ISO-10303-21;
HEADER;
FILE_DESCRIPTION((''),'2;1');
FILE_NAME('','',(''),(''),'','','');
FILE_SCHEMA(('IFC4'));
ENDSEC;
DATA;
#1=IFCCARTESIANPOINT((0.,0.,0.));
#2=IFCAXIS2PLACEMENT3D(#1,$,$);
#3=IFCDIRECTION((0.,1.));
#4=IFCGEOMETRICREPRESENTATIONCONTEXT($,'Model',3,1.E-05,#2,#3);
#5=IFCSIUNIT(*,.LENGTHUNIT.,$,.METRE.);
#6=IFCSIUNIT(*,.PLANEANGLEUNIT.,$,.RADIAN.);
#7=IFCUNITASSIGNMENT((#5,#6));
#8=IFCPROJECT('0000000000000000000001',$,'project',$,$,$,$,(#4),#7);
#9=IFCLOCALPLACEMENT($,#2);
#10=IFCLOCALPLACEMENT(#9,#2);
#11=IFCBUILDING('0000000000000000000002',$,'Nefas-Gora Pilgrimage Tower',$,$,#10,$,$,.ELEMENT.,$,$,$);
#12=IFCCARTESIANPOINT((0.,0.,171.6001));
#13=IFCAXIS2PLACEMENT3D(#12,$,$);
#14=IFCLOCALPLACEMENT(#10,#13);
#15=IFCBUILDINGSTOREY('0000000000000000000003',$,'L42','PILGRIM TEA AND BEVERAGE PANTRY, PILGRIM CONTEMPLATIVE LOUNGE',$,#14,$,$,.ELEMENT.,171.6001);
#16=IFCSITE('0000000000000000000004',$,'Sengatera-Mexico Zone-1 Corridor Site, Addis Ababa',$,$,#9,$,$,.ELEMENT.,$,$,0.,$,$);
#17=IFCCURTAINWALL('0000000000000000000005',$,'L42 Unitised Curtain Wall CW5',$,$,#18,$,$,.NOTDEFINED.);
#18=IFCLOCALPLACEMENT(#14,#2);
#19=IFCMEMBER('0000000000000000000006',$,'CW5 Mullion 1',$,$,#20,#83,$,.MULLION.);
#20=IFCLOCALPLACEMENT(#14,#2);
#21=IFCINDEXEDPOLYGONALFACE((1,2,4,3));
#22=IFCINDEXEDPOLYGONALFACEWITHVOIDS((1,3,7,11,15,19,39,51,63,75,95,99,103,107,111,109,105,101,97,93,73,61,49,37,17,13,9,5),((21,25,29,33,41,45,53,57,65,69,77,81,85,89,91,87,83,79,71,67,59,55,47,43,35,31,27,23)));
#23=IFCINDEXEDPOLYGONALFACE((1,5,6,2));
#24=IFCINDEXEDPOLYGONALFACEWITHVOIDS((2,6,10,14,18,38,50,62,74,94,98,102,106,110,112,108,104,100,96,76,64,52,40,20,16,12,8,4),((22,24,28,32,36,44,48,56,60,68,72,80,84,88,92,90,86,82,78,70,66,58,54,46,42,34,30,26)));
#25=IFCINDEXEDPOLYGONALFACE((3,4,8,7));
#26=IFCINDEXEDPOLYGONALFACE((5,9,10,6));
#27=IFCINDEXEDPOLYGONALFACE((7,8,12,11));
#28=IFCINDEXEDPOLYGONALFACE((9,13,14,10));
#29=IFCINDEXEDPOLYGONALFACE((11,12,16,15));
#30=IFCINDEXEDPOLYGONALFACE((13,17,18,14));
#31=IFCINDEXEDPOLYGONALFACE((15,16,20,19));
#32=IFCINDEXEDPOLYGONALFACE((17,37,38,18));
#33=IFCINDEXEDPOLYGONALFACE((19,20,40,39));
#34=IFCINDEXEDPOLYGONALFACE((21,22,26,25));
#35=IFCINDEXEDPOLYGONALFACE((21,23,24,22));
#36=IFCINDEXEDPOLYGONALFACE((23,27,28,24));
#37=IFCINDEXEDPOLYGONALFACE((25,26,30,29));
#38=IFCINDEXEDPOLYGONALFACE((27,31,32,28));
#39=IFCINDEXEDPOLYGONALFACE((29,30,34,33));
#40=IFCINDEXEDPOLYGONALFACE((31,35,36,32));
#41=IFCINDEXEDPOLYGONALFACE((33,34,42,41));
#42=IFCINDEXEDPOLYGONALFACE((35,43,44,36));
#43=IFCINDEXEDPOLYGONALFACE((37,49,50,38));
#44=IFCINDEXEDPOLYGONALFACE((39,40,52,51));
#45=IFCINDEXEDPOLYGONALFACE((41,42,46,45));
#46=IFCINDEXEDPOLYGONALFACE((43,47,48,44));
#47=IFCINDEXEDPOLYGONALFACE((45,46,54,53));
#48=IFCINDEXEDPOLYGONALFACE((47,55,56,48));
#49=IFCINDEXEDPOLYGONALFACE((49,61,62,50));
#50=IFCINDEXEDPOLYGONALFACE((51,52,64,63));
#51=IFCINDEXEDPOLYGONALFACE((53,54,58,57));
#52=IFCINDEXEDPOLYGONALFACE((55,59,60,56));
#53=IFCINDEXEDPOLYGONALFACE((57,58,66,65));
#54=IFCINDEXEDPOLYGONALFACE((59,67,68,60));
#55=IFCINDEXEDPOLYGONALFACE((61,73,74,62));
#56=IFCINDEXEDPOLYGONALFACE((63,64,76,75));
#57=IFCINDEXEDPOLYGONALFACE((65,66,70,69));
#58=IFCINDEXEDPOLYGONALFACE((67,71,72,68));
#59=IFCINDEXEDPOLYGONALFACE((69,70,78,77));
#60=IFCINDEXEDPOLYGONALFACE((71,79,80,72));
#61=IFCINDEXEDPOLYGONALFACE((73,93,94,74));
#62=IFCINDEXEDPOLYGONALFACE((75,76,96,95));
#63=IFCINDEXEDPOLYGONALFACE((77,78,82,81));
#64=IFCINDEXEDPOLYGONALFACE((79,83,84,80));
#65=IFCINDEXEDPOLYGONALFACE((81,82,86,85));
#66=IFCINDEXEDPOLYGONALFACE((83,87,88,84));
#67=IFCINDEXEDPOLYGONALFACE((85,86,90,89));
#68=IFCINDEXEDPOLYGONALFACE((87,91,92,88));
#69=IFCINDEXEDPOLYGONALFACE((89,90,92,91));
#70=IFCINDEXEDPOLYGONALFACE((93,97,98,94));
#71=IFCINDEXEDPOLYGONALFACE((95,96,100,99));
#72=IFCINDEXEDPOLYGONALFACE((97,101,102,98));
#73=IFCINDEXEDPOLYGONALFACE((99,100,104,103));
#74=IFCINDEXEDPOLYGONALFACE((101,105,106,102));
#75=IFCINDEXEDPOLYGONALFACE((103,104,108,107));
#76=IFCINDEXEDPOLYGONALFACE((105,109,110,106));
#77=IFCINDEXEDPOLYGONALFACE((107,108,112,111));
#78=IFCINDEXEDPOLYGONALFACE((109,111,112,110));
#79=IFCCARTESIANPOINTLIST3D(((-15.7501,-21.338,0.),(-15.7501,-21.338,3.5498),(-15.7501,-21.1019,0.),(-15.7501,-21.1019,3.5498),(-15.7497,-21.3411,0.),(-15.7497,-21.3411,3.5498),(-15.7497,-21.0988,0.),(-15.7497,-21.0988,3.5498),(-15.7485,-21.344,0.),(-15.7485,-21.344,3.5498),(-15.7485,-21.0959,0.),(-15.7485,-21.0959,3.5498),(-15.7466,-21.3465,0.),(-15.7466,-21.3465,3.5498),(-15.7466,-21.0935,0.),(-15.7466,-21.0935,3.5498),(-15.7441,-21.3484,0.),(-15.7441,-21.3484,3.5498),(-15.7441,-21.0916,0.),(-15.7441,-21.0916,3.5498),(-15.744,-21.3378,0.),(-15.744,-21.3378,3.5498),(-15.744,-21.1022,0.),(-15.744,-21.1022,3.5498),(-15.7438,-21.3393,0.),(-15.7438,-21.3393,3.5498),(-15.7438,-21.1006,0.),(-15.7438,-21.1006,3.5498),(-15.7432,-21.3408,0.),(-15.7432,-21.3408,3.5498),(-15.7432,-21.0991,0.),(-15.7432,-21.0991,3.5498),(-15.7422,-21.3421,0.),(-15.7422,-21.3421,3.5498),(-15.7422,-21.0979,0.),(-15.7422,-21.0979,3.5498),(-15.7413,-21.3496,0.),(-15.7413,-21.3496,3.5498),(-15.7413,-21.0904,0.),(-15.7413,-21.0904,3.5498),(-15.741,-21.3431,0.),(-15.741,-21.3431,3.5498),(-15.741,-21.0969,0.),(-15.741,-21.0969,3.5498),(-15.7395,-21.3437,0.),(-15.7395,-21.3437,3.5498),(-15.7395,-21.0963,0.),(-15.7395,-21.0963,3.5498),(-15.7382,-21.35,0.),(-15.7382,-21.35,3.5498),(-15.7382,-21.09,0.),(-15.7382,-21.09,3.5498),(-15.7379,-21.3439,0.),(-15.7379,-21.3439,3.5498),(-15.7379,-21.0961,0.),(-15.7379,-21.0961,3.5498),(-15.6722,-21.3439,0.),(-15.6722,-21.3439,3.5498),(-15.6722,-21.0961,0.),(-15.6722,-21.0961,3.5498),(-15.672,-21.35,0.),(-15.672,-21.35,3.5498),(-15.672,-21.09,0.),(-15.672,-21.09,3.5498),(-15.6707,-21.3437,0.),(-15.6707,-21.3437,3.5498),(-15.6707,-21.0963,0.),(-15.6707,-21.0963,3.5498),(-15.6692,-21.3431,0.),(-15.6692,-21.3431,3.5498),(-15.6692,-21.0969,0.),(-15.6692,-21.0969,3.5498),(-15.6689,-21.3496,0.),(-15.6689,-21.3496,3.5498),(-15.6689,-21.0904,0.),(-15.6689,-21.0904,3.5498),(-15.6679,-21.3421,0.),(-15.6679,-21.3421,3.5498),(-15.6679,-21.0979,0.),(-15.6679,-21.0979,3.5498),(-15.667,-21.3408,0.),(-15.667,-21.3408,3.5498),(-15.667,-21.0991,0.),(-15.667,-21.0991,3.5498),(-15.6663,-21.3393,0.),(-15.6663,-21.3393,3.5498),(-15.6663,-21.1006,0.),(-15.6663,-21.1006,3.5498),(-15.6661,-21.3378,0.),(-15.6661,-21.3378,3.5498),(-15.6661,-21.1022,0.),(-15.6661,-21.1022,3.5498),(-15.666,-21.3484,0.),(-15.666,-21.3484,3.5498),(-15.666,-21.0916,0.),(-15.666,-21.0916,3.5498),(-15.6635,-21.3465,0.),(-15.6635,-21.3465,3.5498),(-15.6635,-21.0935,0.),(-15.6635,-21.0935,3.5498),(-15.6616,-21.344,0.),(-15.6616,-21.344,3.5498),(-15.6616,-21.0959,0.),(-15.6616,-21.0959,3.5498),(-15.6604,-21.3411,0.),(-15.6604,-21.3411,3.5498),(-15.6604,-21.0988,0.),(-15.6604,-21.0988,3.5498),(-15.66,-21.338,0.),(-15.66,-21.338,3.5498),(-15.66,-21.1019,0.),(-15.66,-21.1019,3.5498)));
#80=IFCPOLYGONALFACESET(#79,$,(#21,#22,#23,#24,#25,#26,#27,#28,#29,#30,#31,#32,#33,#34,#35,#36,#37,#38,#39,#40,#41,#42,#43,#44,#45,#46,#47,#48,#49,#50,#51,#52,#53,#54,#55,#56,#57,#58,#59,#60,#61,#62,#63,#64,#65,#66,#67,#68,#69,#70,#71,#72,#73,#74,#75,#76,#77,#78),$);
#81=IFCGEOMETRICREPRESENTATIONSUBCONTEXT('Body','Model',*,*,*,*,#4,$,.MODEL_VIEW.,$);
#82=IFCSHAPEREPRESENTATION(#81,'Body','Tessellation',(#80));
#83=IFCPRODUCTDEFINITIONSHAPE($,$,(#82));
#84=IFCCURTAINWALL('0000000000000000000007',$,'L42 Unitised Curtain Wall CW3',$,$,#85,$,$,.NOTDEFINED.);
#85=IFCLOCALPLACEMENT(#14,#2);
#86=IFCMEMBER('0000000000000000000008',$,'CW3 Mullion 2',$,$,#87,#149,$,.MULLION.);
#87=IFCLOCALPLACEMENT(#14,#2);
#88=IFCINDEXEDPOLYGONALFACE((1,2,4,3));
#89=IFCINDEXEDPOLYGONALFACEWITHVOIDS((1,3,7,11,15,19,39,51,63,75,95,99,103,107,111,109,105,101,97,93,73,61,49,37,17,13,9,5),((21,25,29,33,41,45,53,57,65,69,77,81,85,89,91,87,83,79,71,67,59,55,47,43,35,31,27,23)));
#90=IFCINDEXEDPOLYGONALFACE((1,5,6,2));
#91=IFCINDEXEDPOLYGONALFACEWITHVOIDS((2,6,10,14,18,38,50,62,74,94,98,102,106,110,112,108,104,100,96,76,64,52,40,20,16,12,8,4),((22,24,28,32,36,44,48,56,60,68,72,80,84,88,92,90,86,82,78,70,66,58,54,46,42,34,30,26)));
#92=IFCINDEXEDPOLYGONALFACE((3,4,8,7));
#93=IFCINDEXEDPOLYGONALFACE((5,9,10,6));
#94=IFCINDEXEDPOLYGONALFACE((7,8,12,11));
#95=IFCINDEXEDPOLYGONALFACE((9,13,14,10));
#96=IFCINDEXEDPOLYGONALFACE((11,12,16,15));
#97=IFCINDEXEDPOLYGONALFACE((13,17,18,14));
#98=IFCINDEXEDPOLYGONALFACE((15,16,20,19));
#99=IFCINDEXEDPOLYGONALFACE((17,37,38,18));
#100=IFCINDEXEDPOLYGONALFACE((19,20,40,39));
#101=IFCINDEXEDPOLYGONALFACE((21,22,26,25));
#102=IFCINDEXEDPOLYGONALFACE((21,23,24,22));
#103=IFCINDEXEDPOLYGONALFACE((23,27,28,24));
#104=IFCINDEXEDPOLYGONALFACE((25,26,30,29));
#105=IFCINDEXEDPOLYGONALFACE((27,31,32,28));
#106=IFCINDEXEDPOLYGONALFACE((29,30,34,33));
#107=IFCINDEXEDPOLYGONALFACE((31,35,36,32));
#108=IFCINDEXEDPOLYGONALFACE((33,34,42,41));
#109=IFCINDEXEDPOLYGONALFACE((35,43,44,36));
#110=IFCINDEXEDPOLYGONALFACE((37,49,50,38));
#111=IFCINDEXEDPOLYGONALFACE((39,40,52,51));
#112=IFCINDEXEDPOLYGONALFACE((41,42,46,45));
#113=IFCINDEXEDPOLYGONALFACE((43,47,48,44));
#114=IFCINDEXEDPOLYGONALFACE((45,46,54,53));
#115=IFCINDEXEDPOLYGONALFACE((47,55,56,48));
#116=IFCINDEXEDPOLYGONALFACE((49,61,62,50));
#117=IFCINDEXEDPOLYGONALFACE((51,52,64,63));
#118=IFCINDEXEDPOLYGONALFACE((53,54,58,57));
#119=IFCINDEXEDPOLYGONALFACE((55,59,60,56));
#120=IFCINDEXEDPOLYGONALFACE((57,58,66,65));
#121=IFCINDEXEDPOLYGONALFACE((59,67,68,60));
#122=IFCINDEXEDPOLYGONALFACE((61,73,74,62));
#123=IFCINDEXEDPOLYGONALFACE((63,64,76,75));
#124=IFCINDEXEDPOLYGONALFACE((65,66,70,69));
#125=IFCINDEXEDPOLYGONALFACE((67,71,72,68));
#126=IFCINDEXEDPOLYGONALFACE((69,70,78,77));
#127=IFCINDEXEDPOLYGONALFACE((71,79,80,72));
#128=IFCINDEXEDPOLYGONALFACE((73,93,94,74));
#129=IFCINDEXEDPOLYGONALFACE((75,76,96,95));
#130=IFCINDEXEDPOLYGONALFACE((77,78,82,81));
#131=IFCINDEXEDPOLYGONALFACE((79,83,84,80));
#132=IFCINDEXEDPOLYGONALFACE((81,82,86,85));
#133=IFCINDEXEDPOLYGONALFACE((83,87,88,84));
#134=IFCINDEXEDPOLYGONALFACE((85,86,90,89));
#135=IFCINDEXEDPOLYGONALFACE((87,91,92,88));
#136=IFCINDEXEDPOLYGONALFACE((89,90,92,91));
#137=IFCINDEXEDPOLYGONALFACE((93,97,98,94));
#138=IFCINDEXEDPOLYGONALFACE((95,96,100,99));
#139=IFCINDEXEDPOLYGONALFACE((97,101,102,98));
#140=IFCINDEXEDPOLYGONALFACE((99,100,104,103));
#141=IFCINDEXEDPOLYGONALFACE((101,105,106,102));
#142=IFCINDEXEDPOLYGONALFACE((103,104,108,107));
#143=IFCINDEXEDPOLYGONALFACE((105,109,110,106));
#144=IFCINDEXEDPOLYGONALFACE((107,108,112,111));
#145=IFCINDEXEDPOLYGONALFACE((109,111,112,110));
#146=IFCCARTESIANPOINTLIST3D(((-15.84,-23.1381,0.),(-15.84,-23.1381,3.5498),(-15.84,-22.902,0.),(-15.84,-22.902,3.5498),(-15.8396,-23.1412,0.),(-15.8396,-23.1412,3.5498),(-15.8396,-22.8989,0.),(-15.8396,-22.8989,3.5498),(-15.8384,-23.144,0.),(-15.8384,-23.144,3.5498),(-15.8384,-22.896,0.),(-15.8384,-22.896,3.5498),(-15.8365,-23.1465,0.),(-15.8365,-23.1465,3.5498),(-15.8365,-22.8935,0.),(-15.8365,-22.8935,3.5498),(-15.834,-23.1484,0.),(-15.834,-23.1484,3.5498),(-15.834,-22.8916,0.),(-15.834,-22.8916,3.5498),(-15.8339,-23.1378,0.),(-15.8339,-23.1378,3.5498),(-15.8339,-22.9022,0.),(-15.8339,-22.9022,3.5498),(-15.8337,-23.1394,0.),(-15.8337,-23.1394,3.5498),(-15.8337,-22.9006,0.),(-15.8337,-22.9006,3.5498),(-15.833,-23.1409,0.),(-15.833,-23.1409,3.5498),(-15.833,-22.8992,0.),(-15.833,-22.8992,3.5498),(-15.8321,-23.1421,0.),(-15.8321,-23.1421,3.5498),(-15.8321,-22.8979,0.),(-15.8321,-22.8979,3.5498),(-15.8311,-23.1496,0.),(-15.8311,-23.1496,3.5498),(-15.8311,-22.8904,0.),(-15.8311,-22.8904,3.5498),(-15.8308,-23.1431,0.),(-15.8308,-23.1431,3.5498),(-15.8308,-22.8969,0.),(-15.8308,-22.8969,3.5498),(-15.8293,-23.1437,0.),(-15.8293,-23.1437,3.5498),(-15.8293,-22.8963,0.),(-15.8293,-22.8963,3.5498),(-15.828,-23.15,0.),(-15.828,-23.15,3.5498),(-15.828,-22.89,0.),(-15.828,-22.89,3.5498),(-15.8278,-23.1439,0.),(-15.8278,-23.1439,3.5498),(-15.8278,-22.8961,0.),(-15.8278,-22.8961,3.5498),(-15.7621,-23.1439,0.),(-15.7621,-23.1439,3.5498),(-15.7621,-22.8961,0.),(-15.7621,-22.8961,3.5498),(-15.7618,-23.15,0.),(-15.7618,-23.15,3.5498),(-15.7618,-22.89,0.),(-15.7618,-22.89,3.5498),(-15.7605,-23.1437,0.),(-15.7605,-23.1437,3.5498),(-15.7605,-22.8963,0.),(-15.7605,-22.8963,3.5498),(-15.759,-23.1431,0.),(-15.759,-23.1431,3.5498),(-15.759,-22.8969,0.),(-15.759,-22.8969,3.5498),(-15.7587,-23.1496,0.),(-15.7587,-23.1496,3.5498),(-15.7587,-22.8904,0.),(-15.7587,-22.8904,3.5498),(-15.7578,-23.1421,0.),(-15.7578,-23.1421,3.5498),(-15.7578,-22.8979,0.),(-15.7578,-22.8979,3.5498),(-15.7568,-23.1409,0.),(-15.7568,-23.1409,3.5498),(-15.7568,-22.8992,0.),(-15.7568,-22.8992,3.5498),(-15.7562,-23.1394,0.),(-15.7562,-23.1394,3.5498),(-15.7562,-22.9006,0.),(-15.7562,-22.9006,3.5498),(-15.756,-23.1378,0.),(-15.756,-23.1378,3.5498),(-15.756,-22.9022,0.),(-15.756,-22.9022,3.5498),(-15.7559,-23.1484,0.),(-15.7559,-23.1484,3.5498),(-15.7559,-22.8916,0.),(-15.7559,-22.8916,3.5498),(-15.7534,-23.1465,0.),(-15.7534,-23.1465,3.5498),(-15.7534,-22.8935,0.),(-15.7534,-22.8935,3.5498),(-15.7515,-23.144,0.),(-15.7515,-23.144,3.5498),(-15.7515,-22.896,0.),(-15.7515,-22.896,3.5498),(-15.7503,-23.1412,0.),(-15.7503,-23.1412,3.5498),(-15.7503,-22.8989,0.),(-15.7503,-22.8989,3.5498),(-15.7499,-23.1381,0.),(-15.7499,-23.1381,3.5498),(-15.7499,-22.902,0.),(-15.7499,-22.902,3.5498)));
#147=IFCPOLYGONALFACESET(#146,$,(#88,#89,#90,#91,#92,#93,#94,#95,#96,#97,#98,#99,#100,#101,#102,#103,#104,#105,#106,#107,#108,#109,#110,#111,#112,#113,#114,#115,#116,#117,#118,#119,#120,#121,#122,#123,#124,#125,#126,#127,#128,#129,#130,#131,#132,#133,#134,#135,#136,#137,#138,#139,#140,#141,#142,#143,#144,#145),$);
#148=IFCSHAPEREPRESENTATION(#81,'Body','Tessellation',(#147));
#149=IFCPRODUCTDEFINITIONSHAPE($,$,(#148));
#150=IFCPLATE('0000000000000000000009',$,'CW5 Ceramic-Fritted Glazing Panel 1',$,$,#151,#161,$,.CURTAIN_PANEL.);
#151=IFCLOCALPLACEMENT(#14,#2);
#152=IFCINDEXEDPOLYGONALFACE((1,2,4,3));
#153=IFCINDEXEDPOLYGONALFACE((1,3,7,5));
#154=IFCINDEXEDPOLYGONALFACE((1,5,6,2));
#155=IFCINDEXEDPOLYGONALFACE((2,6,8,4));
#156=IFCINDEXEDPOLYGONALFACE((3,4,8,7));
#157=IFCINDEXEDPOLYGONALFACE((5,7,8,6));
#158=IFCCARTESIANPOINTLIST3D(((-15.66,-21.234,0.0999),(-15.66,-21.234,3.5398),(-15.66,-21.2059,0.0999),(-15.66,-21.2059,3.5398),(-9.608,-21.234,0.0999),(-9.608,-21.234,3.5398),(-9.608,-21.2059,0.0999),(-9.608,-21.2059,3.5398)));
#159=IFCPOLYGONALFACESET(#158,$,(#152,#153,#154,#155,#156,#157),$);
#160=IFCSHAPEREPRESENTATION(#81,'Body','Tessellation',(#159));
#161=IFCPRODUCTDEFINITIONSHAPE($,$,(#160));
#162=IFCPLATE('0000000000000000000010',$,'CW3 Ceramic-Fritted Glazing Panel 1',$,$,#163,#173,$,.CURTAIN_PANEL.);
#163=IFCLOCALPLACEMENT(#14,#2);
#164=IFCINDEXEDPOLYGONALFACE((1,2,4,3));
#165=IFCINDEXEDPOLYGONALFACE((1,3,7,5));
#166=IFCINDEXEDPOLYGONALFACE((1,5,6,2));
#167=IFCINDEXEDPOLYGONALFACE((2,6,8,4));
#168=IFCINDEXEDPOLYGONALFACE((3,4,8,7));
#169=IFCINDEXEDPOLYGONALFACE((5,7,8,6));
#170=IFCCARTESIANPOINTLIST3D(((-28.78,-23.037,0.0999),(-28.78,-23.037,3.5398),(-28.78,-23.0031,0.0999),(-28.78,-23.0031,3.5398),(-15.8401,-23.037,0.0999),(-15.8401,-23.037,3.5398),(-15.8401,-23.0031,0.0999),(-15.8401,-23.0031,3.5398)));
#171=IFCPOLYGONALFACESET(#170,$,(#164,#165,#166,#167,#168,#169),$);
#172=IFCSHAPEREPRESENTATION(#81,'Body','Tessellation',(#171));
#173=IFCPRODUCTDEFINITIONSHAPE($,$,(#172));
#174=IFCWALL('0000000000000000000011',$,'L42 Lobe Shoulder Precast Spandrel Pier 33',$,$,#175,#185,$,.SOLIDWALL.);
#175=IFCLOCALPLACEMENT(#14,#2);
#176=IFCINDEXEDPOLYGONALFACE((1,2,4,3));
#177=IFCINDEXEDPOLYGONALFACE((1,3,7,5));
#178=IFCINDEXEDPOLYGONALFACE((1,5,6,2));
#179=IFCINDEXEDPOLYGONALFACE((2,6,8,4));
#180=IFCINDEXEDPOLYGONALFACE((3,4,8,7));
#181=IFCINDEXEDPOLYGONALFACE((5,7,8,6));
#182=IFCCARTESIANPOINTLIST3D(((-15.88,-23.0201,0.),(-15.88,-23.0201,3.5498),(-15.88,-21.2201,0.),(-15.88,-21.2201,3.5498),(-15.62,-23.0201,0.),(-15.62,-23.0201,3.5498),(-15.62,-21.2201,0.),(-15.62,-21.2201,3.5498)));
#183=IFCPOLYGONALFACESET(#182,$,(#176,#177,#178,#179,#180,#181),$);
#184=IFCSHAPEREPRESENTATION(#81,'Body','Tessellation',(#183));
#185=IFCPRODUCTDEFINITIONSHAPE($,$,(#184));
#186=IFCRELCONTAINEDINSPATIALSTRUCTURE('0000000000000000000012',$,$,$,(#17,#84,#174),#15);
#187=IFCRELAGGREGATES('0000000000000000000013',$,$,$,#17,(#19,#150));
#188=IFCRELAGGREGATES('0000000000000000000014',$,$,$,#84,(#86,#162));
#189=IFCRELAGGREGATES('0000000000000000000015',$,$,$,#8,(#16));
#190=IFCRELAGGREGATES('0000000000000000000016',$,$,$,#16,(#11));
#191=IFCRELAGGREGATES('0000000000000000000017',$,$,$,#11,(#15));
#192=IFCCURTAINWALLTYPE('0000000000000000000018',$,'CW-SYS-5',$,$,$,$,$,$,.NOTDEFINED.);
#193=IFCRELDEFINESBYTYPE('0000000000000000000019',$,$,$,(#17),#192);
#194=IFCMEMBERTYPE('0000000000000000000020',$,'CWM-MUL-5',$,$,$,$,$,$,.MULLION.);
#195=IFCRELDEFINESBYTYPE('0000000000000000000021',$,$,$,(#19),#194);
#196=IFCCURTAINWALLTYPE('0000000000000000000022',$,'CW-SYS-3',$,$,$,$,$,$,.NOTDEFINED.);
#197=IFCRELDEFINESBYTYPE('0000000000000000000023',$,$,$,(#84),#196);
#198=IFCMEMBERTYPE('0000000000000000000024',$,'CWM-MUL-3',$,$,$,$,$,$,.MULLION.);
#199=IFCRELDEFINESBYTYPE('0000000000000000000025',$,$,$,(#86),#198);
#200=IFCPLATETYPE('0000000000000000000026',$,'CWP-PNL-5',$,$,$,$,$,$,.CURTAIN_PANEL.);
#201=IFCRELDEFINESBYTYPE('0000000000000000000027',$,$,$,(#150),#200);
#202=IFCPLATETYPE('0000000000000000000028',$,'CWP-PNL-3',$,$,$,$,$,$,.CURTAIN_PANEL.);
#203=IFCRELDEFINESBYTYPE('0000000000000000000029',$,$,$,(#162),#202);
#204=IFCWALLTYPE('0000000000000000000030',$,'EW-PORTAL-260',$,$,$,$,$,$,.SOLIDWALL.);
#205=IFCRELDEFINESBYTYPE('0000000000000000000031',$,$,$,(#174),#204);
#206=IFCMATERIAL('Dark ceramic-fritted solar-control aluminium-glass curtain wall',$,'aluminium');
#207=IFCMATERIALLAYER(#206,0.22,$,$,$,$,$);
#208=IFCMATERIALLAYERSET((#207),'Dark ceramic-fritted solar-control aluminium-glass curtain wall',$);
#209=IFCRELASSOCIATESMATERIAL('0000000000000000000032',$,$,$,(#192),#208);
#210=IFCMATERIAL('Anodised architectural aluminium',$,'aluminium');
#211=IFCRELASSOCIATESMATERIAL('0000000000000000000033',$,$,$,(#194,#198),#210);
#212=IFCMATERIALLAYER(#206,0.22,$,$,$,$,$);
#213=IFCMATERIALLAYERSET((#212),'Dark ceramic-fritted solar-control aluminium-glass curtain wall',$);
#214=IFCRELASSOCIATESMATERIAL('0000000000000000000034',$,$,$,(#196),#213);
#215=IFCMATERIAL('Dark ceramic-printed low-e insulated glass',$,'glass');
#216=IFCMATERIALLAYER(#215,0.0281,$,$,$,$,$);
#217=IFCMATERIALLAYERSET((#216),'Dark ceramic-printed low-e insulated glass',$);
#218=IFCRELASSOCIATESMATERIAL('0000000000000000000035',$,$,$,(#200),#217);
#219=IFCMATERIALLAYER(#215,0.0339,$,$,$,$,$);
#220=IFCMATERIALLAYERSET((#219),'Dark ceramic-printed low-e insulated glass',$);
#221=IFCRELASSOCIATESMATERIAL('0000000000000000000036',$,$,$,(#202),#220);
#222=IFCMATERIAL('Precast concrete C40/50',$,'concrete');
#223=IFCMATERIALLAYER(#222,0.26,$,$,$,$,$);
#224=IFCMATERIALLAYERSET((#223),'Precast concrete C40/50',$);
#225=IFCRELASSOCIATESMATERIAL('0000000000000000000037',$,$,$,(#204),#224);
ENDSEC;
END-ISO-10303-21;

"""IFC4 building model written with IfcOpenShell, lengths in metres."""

from ifc_helpers import new_model, si_unit, direction, frame, frame_2d, origin, origin_2d, place, context, subcontext, project, spatial, rectangle, hollow_rectangle, extrude, source, transform, mapped, material, layer, layer_set, material_profile, profile_set, type_object, element, aggregate, save


model = new_model("IFC4")

# Units and contexts
model_context = context("Model", 3, precision=1e-05, world=origin(), true_north=direction((0.0, 1.0)))
body_context = subcontext(model_context, "Body", "Model", "MODEL_VIEW")
ifc_project = project(units=[si_unit("LENGTHUNIT", "METRE"), si_unit("PLANEANGLEUNIT", "RADIAN")], contexts=[model_context])

# Site, building, storey
site_placement = place(None, origin())
site = spatial("IfcSite", under=ifc_project, at=site_placement, Name="Sengatera-Mexico Zone-1 Corridor Site, Addis Ababa", CompositionType="ELEMENT", RefElevation=0.0)
building_placement = place(site_placement, origin())
building = spatial("IfcBuilding", under=site, at=building_placement, Name="Nefas-Gora Pilgrimage Tower", CompositionType="ELEMENT")
storey_placement = place(building_placement, frame((0.0, 0.0, 171.6001)))
storey = spatial("IfcBuildingStorey", under=building, at=storey_placement, Name="L42", Description="PILGRIM TEA AND BEVERAGE PANTRY, PILGRIM CONTEMPLATIVE LOUNGE", CompositionType="ELEMENT", Elevation=171.6001)

# Curtain wall, member
ifc_material_1 = material(Name="Dark ceramic-fritted solar-control aluminium-glass curtain wall", Category="aluminium")
ifc_layer_1 = layer(ifc_material_1, 0.22)
ifc_layer_set_1 = layer_set([ifc_layer_1], Name="Dark ceramic-fritted solar-control aluminium-glass curtain wall")
curtain_wall_type_1 = type_object("IfcCurtainWallType", Name="CW-SYS-5", PredefinedType="NOTDEFINED", material=ifc_layer_set_1)
curtain_wall_1_placement = place(storey_placement, origin())
curtain_wall_1 = element("IfcCurtainWall", 1, at=curtain_wall_1_placement, inside=storey, type_object=curtain_wall_type_1, Name="L42 Unitised Curtain Wall CW5", PredefinedType="NOTDEFINED")
ifc_material_2 = material(Name="Anodised architectural aluminium", Category="aluminium")
ifc_material_profile_1 = material_profile(ifc_material_2, hollow_rectangle(XDim=0.0901, YDim=0.26, WallThickness=0.0061, InnerFilletRadius=0.0061, OuterFilletRadius=0.012, at=origin_2d()), Name="ALU MULLION 90x260")
ifc_profile_set_1 = profile_set([ifc_material_profile_1], Name="Anodised architectural aluminium")
member_type_1 = type_object("IfcMemberType", Name="CWM-MUL-5", PredefinedType="MULLION", material=ifc_profile_set_1)
shared_shape_1 = source(origin(), body_context, "Body", "SweptSolid", [
    extrude(hollow_rectangle(XDim=0.0901, YDim=0.26, WallThickness=0.0061, InnerFilletRadius=0.0061, OuterFilletRadius=0.012, at=origin_2d()), origin(), (0.0, 0.0, 1.0), 3.5498),
])
member_1_placement = place(storey_placement, frame((-15.7051, -21.22, 0.0), z_axis=(0.0, 0.0, 1.0), x_axis=(1.0, 0.0, 0.0)))
member_1 = element("IfcMember", 2, at=member_1_placement, type_object=member_type_1, Name="CW5 Mullion 1", PredefinedType="MULLION", context=body_context, shape_type="MappedRepresentation", body=[
    mapped(shared_shape_1, transform((0.0, 0.0, 0.0), x_axis=(1.0, 0.0, 0.0), y_axis=(0.0, 1.0, 0.0), z_axis=(0.0, 0.0, 1.0), scale=1.0)),
])

# Curtain wall, member
ifc_layer_2 = layer(ifc_material_1, 0.22)
ifc_layer_set_2 = layer_set([ifc_layer_2], Name="Dark ceramic-fritted solar-control aluminium-glass curtain wall")
curtain_wall_type_2 = type_object("IfcCurtainWallType", Name="CW-SYS-3", PredefinedType="NOTDEFINED", material=ifc_layer_set_2)
curtain_wall_2_placement = place(storey_placement, origin())
curtain_wall_2 = element("IfcCurtainWall", 3, at=curtain_wall_2_placement, inside=storey, type_object=curtain_wall_type_2, Name="L42 Unitised Curtain Wall CW3", PredefinedType="NOTDEFINED")
ifc_material_profile_2 = material_profile(ifc_material_2, hollow_rectangle(XDim=0.0901, YDim=0.26, WallThickness=0.0061, InnerFilletRadius=0.0061, OuterFilletRadius=0.012, at=origin_2d()), Name="ALU MULLION 90x260")
ifc_profile_set_2 = profile_set([ifc_material_profile_2], Name="Anodised architectural aluminium")
member_type_2 = type_object("IfcMemberType", Name="CWM-MUL-3", PredefinedType="MULLION", material=ifc_profile_set_2)
shared_shape_2 = source(origin(), body_context, "Body", "SweptSolid", [
    extrude(hollow_rectangle(XDim=0.0901, YDim=0.26, WallThickness=0.0061, InnerFilletRadius=0.0061, OuterFilletRadius=0.012, at=origin_2d()), origin(), (0.0, 0.0, 1.0), 3.5498),
])
member_2_placement = place(storey_placement, frame((-15.7949, -23.02, 0.0), z_axis=(0.0, 0.0, 1.0), x_axis=(1.0, 0.0, 0.0)))
member_2 = element("IfcMember", 4, at=member_2_placement, type_object=member_type_2, Name="CW3 Mullion 2", PredefinedType="MULLION", context=body_context, shape_type="MappedRepresentation", body=[
    mapped(shared_shape_2, transform((0.0, 0.0, 0.0), x_axis=(1.0, 0.0, 0.0), y_axis=(0.0, 1.0, 0.0), z_axis=(0.0, 0.0, 1.0), scale=1.0)),
])

# Plates
ifc_material_3 = material(Name="Dark ceramic-printed low-e insulated glass", Category="glass")
ifc_layer_3 = layer(ifc_material_3, 0.0281)
ifc_layer_set_3 = layer_set([ifc_layer_3], Name="Dark ceramic-printed low-e insulated glass")
plate_type_1 = type_object("IfcPlateType", Name="CWP-PNL-5", PredefinedType="CURTAIN_PANEL", material=ifc_layer_set_3)
shared_shape_3 = source(origin(), body_context, "Body", "SweptSolid", [
    extrude(rectangle(XDim=6.052, YDim=0.0281, at=origin_2d()), origin(), (0.0, 0.0, 1.0), 3.4399),
])
plate_1_placement = place(storey_placement, frame((-12.634, -21.22, 0.0999), z_axis=(0.0, 0.0, 1.0), x_axis=(1.0, 0.0, 0.0)))
plate_1 = element("IfcPlate", 5, at=plate_1_placement, type_object=plate_type_1, Name="CW5 Ceramic-Fritted Glazing Panel 1", PredefinedType="CURTAIN_PANEL", context=body_context, shape_type="MappedRepresentation", body=[
    mapped(shared_shape_3, transform((0.0, 0.0, 0.0), x_axis=(1.0, 0.0, 0.0), y_axis=(0.0, 1.0, 0.0), z_axis=(0.0, 0.0, 1.0), scale=1.0)),
])
aggregate(curtain_wall_1, [member_1, plate_1])
ifc_layer_4 = layer(ifc_material_3, 0.0339)
ifc_layer_set_4 = layer_set([ifc_layer_4], Name="Dark ceramic-printed low-e insulated glass")
plate_type_2 = type_object("IfcPlateType", Name="CWP-PNL-3", PredefinedType="CURTAIN_PANEL", material=ifc_layer_set_4)
shared_shape_4 = source(origin(), body_context, "Body", "SweptSolid", [
    extrude(rectangle(XDim=12.9399, YDim=0.0339, at=origin_2d()), origin(), (0.0, 0.0, 1.0), 3.4399),
])
plate_2_placement = place(storey_placement, frame((-22.3101, -23.02, 0.0999), z_axis=(0.0, 0.0, 1.0), x_axis=(1.0, 0.0, 0.0)))
plate_2 = element("IfcPlate", 6, at=plate_2_placement, type_object=plate_type_2, Name="CW3 Ceramic-Fritted Glazing Panel 1", PredefinedType="CURTAIN_PANEL", context=body_context, shape_type="MappedRepresentation", body=[
    mapped(shared_shape_4, transform((0.0, 0.0, 0.0), x_axis=(1.0, 0.0, 0.0), y_axis=(0.0, 1.0, 0.0), z_axis=(0.0, 0.0, 1.0), scale=1.0)),
])
aggregate(curtain_wall_2, [member_2, plate_2])

# Wall
ifc_material_4 = material(Name="Precast concrete C40/50", Category="concrete")
ifc_layer_5 = layer(ifc_material_4, 0.26)
ifc_layer_set_5 = layer_set([ifc_layer_5], Name="Precast concrete C40/50")
wall_type_1 = type_object("IfcWallType", Name="EW-PORTAL-260", PredefinedType="SOLIDWALL", material=ifc_layer_set_5)
shared_shape_5 = source(origin(), body_context, "Body", "SweptSolid", [
    extrude(rectangle(XDim=1.8, YDim=0.26, at=frame_2d((0.8999, 0.0))), origin(), (0.0, 0.0, 1.0), 3.5498),
])
wall_1_placement = place(storey_placement, frame((-15.75, -23.02, 0.0), z_axis=(0.0, 0.0, 1.0), x_axis=(0.0, 1.0, 0.0)))
element("IfcWall", 7, at=wall_1_placement, inside=storey, type_object=wall_type_1, Name="L42 Lobe Shoulder Precast Spandrel Pier 33", PredefinedType="SOLIDWALL", context=body_context, shape_type="MappedRepresentation", body=[
    mapped(shared_shape_5, transform((0.0, 0.0, 0.0), x_axis=(1.0, 0.0, 0.0), y_axis=(0.0, 1.0, 0.0), z_axis=(0.0, 0.0, 1.0), scale=1.0)),
])

save(model, "model.ifc")
